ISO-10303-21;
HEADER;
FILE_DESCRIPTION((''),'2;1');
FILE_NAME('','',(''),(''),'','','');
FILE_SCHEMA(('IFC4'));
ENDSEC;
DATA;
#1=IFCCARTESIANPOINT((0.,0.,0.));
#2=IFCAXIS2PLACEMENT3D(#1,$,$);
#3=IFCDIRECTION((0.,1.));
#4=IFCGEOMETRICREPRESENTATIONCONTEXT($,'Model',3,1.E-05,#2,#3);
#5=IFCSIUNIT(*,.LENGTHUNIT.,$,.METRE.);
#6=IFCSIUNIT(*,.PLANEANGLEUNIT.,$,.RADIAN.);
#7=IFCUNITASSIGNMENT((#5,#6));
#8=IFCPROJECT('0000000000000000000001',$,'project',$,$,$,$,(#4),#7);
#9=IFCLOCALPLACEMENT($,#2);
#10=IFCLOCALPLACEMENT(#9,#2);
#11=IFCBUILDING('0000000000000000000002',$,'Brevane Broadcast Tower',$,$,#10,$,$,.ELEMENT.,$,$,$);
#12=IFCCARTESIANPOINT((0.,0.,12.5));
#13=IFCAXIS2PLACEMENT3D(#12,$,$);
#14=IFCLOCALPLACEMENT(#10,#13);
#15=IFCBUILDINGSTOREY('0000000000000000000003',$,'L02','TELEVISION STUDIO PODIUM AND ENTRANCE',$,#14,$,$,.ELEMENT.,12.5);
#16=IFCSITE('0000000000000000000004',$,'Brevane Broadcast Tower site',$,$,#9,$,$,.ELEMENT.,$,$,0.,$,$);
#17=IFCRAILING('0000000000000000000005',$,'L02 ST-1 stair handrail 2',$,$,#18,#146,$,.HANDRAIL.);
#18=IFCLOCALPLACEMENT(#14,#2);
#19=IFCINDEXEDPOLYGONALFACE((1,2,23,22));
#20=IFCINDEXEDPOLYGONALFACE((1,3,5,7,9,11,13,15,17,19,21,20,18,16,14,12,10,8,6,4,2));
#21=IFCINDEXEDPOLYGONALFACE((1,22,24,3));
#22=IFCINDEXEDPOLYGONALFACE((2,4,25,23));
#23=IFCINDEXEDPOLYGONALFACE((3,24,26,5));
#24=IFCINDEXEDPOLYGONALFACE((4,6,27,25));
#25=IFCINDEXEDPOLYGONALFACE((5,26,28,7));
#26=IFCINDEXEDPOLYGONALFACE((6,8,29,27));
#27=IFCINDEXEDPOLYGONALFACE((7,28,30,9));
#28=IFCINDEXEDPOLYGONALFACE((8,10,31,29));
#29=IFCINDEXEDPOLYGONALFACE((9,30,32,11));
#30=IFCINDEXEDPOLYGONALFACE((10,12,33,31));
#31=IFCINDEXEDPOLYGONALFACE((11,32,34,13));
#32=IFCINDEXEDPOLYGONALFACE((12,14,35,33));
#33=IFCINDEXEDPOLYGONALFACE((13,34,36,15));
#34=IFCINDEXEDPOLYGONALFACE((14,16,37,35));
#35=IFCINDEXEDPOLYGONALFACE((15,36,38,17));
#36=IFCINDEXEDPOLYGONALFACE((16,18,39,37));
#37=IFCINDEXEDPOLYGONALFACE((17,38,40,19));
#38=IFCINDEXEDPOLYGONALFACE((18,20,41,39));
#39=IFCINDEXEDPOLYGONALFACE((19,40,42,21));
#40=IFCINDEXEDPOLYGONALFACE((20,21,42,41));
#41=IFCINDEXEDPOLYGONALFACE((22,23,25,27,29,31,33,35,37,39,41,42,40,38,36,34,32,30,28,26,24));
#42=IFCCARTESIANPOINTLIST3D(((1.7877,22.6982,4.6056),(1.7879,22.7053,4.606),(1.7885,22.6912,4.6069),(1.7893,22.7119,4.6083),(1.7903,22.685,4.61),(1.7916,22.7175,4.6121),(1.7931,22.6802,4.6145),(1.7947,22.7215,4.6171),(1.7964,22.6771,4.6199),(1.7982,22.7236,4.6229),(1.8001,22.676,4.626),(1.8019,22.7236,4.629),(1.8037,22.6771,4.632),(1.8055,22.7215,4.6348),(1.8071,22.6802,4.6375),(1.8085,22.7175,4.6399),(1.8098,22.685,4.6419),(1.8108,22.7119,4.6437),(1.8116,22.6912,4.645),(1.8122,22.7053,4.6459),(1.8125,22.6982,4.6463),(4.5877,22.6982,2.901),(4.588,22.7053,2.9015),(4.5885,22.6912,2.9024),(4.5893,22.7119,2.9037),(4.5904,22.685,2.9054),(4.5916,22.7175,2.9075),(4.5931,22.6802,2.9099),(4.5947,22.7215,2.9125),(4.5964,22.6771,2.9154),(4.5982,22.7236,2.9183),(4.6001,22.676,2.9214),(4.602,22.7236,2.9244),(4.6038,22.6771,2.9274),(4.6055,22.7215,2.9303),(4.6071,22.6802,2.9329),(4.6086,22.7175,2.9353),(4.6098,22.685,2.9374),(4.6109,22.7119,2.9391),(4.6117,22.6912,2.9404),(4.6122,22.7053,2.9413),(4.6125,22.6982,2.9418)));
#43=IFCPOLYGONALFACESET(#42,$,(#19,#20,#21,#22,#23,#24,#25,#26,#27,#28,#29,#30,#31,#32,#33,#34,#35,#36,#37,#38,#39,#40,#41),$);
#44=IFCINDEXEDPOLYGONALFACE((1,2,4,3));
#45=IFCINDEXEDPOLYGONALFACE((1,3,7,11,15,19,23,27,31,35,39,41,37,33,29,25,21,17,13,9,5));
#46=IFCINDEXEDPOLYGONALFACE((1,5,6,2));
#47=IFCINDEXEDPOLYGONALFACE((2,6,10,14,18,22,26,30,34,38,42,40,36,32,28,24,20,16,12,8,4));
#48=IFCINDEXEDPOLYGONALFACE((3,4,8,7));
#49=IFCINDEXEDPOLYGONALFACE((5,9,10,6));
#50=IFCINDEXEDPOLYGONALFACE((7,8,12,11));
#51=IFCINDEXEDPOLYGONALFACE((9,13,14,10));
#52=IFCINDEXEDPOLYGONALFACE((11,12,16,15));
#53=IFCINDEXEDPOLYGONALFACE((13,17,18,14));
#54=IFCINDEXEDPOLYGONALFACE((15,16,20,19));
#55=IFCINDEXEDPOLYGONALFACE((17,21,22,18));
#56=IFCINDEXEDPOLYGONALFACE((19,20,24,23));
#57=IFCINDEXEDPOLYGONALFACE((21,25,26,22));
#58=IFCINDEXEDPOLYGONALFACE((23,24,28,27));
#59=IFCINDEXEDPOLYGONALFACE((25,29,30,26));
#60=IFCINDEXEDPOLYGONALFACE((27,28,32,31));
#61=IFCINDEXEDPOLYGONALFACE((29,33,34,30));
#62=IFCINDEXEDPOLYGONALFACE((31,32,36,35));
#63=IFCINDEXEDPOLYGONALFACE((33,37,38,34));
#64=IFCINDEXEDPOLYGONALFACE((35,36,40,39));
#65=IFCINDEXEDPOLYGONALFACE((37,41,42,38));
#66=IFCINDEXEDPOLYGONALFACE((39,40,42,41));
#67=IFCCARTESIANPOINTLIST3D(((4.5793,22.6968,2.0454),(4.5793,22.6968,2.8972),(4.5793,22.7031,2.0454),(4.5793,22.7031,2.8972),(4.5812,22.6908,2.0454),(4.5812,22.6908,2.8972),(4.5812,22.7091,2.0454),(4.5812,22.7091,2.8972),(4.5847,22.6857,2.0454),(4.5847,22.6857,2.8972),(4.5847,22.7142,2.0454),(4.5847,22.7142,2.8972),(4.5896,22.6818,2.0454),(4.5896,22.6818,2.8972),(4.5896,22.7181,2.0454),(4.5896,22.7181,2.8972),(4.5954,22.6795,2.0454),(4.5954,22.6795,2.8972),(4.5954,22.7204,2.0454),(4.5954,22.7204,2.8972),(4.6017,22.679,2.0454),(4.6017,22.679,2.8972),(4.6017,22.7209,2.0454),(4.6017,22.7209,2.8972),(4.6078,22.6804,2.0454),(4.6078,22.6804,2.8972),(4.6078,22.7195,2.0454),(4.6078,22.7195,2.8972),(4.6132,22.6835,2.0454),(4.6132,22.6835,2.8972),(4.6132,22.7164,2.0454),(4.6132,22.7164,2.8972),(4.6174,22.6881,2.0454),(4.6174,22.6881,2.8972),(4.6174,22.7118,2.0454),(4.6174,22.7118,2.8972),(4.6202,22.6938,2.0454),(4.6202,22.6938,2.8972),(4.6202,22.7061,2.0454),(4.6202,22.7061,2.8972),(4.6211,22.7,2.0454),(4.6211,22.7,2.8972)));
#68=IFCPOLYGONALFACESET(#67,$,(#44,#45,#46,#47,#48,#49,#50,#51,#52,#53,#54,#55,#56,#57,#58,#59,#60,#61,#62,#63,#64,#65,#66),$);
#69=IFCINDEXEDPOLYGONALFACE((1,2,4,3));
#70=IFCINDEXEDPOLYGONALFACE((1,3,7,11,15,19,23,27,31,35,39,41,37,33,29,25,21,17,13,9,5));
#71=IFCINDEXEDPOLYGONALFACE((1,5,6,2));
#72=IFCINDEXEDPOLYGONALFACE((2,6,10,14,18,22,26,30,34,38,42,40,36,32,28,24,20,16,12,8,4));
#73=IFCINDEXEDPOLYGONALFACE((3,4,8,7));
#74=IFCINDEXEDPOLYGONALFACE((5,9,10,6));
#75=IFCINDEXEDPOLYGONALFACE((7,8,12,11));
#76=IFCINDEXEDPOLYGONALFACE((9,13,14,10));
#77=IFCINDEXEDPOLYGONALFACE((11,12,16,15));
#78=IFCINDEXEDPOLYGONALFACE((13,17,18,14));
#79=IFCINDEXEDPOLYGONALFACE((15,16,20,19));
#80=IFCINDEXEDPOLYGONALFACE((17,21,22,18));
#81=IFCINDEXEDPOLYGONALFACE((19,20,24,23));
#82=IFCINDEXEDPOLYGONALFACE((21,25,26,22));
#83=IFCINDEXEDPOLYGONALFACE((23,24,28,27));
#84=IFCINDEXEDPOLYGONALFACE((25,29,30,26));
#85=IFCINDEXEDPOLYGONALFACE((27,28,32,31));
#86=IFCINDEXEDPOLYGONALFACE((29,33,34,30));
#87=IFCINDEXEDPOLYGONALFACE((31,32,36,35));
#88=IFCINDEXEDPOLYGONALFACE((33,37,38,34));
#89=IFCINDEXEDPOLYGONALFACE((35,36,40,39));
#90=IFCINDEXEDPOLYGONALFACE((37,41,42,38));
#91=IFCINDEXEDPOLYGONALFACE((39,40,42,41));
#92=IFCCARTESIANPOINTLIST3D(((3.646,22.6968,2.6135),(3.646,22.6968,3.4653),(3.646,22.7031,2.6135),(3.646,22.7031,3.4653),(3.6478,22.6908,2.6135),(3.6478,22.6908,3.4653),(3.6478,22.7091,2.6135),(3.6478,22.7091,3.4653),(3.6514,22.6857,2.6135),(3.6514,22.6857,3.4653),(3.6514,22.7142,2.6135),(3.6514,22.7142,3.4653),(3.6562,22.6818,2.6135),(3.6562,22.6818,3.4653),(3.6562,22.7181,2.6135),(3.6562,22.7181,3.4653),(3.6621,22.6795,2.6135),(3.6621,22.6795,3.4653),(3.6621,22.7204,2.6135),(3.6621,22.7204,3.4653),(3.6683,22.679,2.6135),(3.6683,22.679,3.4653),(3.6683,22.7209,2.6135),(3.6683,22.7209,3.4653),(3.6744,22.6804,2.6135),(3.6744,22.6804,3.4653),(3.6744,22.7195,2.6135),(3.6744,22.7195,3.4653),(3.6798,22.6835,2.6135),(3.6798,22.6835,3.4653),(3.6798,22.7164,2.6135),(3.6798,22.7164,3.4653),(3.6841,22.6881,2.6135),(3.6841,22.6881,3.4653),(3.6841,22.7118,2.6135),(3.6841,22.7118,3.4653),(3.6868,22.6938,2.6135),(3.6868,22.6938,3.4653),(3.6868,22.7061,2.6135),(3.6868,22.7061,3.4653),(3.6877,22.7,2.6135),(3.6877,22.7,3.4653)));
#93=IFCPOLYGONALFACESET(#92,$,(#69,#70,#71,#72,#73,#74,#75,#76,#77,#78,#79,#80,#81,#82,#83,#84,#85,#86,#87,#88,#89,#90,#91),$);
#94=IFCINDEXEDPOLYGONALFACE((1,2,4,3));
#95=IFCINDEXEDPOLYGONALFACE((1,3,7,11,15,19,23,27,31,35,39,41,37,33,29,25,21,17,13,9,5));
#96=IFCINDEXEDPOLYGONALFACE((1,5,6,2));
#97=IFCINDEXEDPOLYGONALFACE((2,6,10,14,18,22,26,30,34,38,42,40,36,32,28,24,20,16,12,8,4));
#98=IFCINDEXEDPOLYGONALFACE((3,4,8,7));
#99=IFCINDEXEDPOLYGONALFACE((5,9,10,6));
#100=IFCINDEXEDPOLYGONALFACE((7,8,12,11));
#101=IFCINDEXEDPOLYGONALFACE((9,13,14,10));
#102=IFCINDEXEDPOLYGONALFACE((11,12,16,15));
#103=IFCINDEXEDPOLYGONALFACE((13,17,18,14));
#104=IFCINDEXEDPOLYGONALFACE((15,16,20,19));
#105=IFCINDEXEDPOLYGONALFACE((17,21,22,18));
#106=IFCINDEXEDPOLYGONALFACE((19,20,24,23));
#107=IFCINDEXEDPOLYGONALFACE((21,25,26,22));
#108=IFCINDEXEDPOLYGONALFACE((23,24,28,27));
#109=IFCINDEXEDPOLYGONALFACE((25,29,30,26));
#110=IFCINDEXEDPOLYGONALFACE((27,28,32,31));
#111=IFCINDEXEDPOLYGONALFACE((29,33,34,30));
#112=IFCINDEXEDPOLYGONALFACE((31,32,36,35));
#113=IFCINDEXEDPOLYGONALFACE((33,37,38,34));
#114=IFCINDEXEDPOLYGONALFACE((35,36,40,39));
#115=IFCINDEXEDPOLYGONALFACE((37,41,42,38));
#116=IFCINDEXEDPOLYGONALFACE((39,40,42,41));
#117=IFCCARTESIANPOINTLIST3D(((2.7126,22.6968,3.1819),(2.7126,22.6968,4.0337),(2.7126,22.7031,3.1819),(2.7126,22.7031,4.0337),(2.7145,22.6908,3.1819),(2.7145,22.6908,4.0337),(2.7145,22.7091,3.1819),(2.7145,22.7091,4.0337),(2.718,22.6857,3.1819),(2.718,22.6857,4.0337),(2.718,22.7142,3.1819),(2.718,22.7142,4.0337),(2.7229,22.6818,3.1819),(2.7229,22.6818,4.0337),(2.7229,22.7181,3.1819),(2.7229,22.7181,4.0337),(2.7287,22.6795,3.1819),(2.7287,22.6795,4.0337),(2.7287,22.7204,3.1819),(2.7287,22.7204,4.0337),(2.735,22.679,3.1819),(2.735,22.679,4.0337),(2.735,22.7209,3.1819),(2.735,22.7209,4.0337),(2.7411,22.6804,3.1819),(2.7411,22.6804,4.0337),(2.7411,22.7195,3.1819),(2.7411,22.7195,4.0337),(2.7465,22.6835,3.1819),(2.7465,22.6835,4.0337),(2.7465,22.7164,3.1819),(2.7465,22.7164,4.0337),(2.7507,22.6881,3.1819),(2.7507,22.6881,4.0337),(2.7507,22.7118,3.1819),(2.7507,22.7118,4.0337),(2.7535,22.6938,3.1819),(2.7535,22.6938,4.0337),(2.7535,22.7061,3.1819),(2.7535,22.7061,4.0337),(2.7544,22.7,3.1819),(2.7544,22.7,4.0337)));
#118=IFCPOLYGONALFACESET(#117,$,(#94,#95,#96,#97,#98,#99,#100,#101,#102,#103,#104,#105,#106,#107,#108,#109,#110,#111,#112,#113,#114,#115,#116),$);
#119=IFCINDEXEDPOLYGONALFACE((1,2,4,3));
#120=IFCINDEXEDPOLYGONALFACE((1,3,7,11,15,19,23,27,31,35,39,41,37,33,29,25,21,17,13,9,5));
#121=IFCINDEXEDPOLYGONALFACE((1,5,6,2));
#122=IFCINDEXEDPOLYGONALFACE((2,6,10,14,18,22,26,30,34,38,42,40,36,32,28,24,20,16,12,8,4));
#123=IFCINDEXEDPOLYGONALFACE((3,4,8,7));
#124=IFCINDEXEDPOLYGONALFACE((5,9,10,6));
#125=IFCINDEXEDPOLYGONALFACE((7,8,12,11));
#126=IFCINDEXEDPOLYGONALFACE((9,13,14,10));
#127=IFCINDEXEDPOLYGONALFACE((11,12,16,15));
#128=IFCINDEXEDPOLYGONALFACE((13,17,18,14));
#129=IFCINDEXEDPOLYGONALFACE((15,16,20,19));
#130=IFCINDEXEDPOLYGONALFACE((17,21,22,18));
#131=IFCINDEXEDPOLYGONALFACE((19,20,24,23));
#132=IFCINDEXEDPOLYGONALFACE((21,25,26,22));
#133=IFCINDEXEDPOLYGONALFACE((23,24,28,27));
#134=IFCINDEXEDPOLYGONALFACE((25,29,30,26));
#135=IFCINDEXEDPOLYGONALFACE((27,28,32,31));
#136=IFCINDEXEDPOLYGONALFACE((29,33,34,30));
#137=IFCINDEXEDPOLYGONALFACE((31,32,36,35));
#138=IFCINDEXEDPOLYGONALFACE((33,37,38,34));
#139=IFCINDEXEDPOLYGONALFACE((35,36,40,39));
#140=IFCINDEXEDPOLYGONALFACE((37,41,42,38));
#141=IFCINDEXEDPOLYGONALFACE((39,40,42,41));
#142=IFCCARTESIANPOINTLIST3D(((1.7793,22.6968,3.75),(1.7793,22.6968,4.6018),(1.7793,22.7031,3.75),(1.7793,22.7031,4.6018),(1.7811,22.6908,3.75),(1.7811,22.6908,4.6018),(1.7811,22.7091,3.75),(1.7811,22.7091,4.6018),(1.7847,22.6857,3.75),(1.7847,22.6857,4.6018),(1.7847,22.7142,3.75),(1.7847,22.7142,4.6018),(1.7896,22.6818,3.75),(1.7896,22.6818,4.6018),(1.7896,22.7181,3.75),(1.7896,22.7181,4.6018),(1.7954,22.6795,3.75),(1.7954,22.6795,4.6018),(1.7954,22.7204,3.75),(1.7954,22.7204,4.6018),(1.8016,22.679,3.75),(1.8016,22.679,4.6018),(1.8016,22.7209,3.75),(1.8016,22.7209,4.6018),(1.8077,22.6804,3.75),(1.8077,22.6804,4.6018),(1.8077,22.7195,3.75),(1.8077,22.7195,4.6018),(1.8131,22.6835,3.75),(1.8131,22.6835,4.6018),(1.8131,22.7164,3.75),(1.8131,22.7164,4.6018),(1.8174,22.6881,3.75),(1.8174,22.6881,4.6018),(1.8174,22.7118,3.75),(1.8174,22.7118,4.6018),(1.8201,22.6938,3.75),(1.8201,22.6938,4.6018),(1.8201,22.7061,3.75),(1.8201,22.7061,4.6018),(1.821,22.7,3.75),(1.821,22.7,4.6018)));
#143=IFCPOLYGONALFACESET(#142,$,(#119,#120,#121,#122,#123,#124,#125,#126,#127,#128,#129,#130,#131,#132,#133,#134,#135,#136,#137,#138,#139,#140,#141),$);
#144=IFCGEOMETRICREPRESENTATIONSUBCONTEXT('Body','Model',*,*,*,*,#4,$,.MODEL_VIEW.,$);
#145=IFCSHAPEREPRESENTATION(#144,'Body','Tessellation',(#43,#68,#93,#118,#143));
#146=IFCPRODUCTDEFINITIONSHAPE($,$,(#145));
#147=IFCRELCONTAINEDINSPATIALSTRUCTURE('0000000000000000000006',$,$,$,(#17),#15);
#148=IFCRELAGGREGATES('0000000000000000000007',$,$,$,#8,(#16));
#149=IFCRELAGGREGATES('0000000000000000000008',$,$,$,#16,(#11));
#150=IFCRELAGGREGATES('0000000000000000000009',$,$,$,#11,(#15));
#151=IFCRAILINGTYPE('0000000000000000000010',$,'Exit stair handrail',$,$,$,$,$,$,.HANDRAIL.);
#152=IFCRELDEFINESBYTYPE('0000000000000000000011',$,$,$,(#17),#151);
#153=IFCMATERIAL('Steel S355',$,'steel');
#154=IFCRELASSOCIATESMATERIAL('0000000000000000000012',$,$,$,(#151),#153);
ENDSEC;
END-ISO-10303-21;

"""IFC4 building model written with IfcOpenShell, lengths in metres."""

from ifc_helpers import new_model, si_unit, direction, frame, origin, origin_2d, place, context, subcontext, project, spatial, circle, extrude, material, type_object, element, save


model = new_model("IFC4")

# Units and contexts
model_context = context("Model", 3, precision=1e-05, world=origin(), true_north=direction((0.0, 1.0)))
body_context = subcontext(model_context, "Body", "Model", "MODEL_VIEW")
ifc_project = project(units=[si_unit("LENGTHUNIT", "METRE"), si_unit("PLANEANGLEUNIT", "RADIAN")], contexts=[model_context])

# Site, building, storey
site_placement = place(None, origin())
site = spatial("IfcSite", under=ifc_project, at=site_placement, Name="Brevane Broadcast Tower site", CompositionType="ELEMENT", RefElevation=0.0)
building_placement = place(site_placement, origin())
building = spatial("IfcBuilding", under=site, at=building_placement, Name="Brevane Broadcast Tower", CompositionType="ELEMENT")
storey_placement = place(building_placement, frame((0.0, 0.0, 12.5)))
storey = spatial("IfcBuildingStorey", under=building, at=storey_placement, Name="L02", Description="TELEVISION STUDIO PODIUM AND ENTRANCE", CompositionType="ELEMENT", Elevation=12.5)

# Railing
ifc_material_1 = material(Name="Steel S355", Category="steel")
railing_type_1 = type_object("IfcRailingType", Name="Exit stair handrail", PredefinedType="HANDRAIL", material=ifc_material_1)
for number, where, name in (
    (1, (4.6001, 22.7, 2.0454), "L02 ST-1 stair handrail 2"),
):
    element("IfcRailing", number, at=place(storey_placement, frame(where)), inside=storey, type_object=railing_type_1, Name=name, PredefinedType="HANDRAIL", context=body_context, shape_type="SweptSolid", body=[
        extrude(circle(Radius=0.0239, at=origin_2d()), frame((0.0, 0.0, 0.876), z_axis=(-0.85417, 0.0, 0.519994), x_axis=(0.0, -1.0, 0.0)), (0.0, 0.0, 1.0), 3.2781),
        extrude(circle(Radius=0.021, at=origin_2d()), origin(), (0.0, 0.0, 1.0), 0.8518),
        extrude(circle(Radius=0.021, at=origin_2d()), frame((-0.9333, 0.0, 0.5681)), (0.0, 0.0, 1.0), 0.8518),
        extrude(circle(Radius=0.021, at=origin_2d()), frame((-1.8667, 0.0, 1.1365)), (0.0, 0.0, 1.0), 0.8518),
        extrude(circle(Radius=0.021, at=origin_2d()), frame((-2.8, 0.0, 1.7046)), (0.0, 0.0, 1.0), 0.8518),
    ])

save(model, "model.ifc")
